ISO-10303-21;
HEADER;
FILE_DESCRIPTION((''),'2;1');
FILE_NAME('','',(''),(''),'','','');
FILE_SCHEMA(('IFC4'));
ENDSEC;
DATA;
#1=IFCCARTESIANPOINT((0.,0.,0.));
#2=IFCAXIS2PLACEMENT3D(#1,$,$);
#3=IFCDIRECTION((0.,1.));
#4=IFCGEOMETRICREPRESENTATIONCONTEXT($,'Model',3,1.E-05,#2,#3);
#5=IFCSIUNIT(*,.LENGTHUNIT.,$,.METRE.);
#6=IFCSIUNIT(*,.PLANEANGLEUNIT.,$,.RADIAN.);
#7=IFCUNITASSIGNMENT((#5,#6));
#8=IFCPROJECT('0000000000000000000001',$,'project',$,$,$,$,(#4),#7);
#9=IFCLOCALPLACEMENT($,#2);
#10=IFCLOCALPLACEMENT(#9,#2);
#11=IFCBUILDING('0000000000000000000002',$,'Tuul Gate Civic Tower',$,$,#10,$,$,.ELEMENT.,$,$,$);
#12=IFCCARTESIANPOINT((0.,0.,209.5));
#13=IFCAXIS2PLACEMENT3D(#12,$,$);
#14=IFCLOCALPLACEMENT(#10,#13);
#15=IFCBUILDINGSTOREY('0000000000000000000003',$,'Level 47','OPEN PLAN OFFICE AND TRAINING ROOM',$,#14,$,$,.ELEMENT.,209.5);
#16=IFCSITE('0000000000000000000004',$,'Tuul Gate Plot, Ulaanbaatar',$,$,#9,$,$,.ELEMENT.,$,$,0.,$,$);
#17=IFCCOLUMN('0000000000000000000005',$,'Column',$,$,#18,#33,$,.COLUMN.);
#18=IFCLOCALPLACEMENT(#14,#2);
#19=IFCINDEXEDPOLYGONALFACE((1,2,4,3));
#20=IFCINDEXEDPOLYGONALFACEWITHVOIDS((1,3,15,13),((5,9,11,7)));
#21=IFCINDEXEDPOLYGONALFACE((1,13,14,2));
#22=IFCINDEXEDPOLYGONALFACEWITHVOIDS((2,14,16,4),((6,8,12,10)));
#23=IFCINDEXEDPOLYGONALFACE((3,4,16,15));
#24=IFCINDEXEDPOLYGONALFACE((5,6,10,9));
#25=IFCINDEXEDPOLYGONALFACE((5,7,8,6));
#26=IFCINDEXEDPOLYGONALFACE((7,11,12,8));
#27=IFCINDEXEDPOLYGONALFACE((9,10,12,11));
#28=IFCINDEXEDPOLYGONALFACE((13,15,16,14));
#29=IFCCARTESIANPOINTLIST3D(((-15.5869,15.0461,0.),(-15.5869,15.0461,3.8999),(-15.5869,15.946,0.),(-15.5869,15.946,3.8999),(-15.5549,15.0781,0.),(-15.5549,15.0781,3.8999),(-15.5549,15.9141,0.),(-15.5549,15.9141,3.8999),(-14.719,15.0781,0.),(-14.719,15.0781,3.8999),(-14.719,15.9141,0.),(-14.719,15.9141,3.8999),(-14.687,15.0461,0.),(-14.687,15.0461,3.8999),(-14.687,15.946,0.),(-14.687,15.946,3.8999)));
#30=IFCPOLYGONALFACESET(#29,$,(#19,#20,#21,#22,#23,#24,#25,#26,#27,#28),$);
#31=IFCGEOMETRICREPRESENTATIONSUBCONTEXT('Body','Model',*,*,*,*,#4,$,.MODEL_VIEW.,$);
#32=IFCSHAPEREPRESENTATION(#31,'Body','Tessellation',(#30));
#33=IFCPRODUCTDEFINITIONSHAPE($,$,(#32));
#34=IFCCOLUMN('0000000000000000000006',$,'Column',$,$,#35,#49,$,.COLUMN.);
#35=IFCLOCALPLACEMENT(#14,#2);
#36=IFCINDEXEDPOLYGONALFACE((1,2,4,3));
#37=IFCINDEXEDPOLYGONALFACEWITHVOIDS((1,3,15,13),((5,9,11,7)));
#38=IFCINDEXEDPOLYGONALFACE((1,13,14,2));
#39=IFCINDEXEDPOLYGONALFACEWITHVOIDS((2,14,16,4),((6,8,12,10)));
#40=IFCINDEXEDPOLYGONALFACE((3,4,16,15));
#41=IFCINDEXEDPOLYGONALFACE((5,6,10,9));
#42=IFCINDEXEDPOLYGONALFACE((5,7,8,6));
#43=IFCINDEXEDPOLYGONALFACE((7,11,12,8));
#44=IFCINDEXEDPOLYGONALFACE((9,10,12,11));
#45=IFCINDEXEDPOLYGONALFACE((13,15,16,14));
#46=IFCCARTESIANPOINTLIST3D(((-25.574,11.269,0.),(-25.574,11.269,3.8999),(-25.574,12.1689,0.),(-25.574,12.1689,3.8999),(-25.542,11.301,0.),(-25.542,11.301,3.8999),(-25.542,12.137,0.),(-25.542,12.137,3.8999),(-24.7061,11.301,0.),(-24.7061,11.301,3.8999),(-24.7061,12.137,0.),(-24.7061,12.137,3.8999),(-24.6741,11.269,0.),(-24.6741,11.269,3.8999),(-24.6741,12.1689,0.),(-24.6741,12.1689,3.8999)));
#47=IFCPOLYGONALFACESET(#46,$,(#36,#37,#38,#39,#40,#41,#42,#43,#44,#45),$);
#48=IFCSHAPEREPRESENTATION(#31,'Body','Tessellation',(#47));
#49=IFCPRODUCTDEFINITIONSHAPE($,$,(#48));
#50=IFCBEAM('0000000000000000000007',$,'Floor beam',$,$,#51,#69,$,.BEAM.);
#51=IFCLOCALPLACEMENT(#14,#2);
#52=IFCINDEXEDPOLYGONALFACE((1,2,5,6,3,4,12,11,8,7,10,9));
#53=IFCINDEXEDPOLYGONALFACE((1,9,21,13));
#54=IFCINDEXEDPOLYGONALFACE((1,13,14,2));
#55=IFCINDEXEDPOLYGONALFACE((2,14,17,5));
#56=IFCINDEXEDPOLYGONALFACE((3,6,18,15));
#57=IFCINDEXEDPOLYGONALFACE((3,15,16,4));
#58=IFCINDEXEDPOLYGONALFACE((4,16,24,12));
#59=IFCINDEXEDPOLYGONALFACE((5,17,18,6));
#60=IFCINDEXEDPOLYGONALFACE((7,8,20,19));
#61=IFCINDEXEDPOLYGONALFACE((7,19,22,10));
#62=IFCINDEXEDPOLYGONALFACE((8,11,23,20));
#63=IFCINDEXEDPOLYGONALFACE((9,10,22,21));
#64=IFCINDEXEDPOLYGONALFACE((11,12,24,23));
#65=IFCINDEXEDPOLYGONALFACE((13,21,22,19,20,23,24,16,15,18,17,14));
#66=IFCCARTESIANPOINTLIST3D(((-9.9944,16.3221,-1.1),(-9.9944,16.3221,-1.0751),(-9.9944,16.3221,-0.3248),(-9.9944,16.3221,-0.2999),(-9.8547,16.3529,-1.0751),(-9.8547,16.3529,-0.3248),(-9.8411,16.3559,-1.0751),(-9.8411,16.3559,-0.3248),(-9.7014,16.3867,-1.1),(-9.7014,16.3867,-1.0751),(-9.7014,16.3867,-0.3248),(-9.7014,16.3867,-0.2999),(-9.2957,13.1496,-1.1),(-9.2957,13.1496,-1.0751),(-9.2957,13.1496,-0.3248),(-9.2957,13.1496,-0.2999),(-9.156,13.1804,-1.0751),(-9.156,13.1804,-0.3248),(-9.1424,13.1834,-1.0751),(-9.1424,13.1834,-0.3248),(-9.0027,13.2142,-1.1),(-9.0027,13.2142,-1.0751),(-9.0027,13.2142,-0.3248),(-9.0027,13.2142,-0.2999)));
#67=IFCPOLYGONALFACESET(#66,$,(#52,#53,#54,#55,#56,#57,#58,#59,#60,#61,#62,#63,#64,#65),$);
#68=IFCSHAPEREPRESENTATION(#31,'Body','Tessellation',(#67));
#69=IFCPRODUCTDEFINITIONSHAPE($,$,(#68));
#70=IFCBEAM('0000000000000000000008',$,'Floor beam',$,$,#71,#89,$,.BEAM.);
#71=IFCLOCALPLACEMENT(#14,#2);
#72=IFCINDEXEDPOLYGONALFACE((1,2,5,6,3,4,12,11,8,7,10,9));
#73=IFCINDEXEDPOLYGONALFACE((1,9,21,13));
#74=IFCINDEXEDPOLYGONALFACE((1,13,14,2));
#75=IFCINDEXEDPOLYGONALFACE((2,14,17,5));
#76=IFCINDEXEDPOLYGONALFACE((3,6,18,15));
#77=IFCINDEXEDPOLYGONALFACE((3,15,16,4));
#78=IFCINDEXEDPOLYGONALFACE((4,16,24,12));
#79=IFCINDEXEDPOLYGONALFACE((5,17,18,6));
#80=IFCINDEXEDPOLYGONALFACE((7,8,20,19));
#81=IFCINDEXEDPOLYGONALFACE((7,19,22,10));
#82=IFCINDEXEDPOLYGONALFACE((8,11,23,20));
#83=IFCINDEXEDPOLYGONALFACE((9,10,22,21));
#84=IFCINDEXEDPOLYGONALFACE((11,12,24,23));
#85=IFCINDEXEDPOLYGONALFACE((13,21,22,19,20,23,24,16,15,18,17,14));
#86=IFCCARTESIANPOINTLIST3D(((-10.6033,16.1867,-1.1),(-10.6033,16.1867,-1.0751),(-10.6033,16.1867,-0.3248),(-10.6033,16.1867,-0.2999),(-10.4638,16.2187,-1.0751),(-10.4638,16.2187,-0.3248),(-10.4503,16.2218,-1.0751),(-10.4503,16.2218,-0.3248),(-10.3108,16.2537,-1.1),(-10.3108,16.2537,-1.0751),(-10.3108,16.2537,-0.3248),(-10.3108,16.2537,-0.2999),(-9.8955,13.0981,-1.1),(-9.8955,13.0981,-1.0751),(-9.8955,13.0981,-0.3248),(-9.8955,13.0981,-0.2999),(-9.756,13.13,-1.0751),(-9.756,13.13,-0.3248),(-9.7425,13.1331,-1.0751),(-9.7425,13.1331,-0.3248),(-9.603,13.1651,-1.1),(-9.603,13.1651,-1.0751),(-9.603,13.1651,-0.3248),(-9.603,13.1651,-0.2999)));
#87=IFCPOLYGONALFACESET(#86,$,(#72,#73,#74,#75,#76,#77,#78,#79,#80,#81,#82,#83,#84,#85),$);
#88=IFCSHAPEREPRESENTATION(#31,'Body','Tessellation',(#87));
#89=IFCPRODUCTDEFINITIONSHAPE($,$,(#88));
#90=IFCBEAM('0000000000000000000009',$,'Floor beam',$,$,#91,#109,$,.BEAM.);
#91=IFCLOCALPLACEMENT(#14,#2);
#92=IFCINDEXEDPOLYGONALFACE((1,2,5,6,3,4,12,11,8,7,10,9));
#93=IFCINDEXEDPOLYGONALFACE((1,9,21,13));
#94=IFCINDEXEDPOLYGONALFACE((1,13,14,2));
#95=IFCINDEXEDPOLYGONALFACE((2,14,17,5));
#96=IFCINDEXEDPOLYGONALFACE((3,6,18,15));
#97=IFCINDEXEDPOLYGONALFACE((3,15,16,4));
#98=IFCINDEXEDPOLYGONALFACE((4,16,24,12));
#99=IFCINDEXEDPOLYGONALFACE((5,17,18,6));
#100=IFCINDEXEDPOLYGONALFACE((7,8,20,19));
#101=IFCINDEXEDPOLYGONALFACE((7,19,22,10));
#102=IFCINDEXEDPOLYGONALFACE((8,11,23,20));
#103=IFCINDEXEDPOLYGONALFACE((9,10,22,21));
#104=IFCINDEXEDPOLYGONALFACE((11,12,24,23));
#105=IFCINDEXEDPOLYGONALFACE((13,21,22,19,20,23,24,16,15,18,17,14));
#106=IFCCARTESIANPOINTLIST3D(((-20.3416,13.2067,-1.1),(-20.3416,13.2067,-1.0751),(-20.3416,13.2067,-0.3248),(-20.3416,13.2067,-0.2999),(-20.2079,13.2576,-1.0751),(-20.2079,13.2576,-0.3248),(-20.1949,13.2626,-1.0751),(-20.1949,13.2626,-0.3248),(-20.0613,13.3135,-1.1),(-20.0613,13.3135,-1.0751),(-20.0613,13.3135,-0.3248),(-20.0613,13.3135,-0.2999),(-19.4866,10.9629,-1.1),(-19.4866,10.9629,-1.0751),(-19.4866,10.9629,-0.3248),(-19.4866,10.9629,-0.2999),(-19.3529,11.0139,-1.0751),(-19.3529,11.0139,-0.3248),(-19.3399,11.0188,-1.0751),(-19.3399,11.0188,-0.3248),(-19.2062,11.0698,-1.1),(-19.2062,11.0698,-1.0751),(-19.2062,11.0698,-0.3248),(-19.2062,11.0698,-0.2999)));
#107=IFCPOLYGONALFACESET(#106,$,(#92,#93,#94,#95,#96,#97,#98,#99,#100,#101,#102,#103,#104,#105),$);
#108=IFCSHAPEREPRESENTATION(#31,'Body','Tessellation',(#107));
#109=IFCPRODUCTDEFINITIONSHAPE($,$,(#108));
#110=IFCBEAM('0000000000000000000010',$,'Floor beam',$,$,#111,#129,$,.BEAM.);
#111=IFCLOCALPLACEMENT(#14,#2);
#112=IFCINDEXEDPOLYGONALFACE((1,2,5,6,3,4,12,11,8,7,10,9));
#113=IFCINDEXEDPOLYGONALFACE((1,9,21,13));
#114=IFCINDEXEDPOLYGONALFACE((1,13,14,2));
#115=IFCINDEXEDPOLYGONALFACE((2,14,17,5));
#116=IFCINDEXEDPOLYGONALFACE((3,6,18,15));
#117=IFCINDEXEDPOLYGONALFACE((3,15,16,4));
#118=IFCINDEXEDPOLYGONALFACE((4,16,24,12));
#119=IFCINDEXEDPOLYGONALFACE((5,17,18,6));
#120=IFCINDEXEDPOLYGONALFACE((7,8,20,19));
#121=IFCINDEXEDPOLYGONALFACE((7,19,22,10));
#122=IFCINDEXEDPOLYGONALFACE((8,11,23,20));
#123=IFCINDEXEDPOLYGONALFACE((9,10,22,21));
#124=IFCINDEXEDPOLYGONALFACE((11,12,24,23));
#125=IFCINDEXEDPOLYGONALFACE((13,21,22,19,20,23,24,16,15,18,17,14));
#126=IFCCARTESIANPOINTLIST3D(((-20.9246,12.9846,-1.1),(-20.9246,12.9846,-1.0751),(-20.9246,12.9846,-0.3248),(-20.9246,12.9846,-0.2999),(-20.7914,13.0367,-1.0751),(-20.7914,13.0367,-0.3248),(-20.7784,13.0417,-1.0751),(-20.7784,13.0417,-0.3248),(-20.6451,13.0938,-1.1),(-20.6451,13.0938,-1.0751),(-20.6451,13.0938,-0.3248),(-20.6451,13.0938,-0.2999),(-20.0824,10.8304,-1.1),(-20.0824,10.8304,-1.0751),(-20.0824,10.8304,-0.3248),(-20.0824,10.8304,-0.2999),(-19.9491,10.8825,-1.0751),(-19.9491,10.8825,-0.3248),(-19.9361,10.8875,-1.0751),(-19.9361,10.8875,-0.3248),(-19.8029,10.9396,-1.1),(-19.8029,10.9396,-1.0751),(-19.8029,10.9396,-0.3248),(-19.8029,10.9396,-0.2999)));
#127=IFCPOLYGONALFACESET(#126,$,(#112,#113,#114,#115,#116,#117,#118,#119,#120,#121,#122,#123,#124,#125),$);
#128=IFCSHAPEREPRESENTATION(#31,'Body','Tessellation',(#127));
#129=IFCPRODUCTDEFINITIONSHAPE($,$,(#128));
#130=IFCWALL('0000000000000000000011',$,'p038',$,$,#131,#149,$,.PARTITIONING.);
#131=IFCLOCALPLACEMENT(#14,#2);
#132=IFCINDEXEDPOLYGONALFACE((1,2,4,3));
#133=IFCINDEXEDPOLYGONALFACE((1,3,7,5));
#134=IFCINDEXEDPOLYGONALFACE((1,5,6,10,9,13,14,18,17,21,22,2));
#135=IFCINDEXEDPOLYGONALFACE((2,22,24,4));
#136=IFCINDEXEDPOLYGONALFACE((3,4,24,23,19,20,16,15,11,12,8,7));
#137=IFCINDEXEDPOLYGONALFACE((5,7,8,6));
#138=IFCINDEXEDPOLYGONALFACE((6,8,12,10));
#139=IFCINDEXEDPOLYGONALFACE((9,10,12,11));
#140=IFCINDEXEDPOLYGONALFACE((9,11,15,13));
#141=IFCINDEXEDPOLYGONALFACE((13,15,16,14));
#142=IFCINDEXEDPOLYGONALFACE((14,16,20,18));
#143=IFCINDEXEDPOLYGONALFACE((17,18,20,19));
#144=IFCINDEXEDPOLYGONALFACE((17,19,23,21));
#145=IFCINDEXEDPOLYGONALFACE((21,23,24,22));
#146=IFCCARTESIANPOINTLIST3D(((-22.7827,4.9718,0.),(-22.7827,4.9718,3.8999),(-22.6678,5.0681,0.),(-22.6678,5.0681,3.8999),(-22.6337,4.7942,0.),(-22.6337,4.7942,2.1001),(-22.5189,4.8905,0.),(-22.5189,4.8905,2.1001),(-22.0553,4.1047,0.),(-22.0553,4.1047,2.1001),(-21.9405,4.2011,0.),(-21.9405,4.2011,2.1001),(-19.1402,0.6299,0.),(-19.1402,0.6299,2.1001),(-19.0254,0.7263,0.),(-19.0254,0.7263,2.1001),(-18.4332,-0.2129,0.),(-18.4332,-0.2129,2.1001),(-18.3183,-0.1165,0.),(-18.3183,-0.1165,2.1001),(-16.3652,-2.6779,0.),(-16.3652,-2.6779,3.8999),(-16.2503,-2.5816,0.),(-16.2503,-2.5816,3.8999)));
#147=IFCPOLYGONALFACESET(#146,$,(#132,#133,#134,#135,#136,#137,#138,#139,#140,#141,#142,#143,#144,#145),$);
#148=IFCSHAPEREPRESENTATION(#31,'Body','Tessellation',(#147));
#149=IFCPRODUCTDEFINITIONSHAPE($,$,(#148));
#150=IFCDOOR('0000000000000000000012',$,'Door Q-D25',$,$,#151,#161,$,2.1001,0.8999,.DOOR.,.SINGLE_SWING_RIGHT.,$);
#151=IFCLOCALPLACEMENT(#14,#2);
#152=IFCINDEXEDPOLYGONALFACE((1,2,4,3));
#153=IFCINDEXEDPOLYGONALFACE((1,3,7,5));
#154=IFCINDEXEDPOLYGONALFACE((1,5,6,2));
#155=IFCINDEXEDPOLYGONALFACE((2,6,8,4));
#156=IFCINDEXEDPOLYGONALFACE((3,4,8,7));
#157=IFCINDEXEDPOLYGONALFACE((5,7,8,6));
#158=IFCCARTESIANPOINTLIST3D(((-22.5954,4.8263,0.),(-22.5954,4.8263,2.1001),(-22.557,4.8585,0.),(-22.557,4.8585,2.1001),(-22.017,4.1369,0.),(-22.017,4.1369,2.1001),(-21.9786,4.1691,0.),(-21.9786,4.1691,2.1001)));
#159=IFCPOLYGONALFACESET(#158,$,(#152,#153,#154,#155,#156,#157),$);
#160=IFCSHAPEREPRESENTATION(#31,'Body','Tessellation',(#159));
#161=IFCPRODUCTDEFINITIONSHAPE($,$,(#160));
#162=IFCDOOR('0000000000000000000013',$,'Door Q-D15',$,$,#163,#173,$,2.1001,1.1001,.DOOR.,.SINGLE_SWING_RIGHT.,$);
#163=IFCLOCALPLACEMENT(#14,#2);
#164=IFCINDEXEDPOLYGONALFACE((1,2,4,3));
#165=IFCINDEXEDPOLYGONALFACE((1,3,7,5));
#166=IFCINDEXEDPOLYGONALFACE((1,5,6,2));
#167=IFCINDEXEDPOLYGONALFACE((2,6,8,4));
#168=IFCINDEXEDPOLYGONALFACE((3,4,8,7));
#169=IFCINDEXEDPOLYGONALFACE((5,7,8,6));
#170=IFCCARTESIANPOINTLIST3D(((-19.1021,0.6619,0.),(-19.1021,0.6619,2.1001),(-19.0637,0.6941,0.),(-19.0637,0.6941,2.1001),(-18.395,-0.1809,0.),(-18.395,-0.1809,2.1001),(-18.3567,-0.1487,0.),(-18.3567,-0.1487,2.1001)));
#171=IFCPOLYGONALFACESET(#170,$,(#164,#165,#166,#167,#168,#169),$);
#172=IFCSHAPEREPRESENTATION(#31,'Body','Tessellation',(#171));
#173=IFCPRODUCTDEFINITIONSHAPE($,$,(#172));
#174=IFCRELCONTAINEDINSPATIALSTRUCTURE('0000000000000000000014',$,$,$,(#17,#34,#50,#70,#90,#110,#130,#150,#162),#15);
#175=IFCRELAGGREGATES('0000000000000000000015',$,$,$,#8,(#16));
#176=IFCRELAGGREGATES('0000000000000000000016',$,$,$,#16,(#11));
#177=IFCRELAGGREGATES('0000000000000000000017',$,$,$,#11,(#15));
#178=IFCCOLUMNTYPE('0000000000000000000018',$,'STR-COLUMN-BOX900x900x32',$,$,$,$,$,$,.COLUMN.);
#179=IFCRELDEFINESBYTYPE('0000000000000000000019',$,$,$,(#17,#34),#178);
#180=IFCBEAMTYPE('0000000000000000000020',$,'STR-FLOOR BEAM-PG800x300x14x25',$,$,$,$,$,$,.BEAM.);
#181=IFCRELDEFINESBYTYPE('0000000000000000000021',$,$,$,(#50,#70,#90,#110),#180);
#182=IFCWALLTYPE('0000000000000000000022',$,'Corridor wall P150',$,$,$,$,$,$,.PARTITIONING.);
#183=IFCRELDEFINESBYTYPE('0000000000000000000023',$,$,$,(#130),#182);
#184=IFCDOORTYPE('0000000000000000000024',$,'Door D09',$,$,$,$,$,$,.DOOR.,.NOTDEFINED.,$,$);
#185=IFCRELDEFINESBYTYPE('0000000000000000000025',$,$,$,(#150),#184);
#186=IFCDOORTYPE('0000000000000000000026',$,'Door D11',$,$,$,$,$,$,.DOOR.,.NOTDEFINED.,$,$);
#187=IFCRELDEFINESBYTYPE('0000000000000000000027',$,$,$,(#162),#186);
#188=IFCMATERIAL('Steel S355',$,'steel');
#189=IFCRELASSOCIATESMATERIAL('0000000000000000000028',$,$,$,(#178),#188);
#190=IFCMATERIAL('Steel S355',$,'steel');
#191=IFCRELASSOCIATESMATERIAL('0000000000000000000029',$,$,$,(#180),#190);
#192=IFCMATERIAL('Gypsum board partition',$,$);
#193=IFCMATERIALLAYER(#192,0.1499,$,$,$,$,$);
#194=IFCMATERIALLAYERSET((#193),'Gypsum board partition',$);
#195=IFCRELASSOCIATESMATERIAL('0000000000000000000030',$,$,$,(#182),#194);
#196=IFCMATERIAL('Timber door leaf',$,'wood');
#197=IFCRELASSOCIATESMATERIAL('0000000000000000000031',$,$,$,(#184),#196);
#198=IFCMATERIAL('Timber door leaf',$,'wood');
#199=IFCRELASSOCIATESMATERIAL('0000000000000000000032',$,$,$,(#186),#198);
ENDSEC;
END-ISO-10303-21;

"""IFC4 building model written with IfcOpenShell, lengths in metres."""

from ifc_helpers import new_model, si_unit, direction, frame, frame_2d, origin, origin_2d, place, context, subcontext, project, spatial, rectangle, hollow_rectangle, i_section, extrude, material, layer, layer_set, material_profile, profile_set, type_object, element, fill, save


model = new_model("IFC4")

# Units and contexts
model_context = context("Model", 3, precision=1e-05, world=origin(), true_north=direction((0.0, 1.0)))
body_context = subcontext(model_context, "Body", "Model", "MODEL_VIEW")
ifc_project = project(units=[si_unit("LENGTHUNIT", "METRE"), si_unit("PLANEANGLEUNIT", "RADIAN")], contexts=[model_context])

# Site, building, storey
site_placement = place(None, origin())
site = spatial("IfcSite", under=ifc_project, at=site_placement, Name="Tuul Gate Plot, Ulaanbaatar", CompositionType="ELEMENT", RefElevation=0.0)
building_placement = place(site_placement, origin())
building = spatial("IfcBuilding", under=site, at=building_placement, Name="Tuul Gate Civic Tower", CompositionType="ELEMENT")
storey_placement = place(building_placement, frame((0.0, 0.0, 209.5)))
storey = spatial("IfcBuildingStorey", under=building, at=storey_placement, Name="Level 47", Description="OPEN PLAN OFFICE AND TRAINING ROOM", CompositionType="ELEMENT", Elevation=209.5)

# Columns
ifc_material_1 = material(Name="Steel S355", Category="steel")
ifc_material_profile_1 = material_profile(ifc_material_1, hollow_rectangle(XDim=0.8999, YDim=0.8999, WallThickness=0.032, at=origin_2d()), Name="BOX900x900x32")
ifc_profile_set_1 = profile_set([ifc_material_profile_1], Name="Steel S355")
column_type = type_object("IfcColumnType", Name="STR-COLUMN-BOX900x900x32", PredefinedType="COLUMN", material=ifc_profile_set_1)
for number, where, z_axis, x_axis, name in (
    (1, (-15.137, 15.4961, 0.0), (0.0, 0.0, 1.0), (1.0, 0.0, 0.0), "Column"),
    (2, (-25.124, 11.719, 0.0), (0.0, 0.0, 1.0), (1.0, 0.0, 0.0), "Column"),
):
    element("IfcColumn", number, at=place(storey_placement, frame(where, z_axis=z_axis, x_axis=x_axis)), inside=storey, type_object=column_type, Name=name, PredefinedType="COLUMN", context=body_context, shape_type="SweptSolid", body=[
        extrude(hollow_rectangle(XDim=0.8999, YDim=0.8999, WallThickness=0.032, at=origin_2d()), origin(), (0.0, 0.0, 1.0), 3.8999),
    ])

# Beams
ifc_material_2 = material(Name="Steel S355", Category="steel")
ifc_material_profile_2 = material_profile(ifc_material_2, i_section(OverallWidth=0.3, OverallDepth=0.8, WebThickness=0.0139, FlangeThickness=0.0249, at=origin_2d()), Name="PG800x300x14x25")
ifc_profile_set_2 = profile_set([ifc_material_profile_2], Name="Steel S355")
beam_type = type_object("IfcBeamType", Name="STR-FLOOR BEAM-PG800x300x14x25", PredefinedType="BEAM", material=ifc_profile_set_2)
beam_1_placement = place(storey_placement, frame((-9.1492, 13.1819, -0.7), z_axis=(-0.215084, 0.976596, 0.0), x_axis=(-0.976596, -0.215084, 0.0)))
element("IfcBeam", 3, at=beam_1_placement, inside=storey, type_object=beam_type, Name="Floor beam", PredefinedType="BEAM", context=body_context, shape_type="SweptSolid", body=[
    extrude(i_section(OverallWidth=0.3, OverallDepth=0.8, WebThickness=0.0139, FlangeThickness=0.0249, at=origin_2d()), origin(), (0.0, 0.0, 1.0), 3.2485),
])
beam_2_placement = place(storey_placement, frame((-9.7493, 13.1316, -0.7), z_axis=(-0.223362, 0.974735, 0.0), x_axis=(-0.974735, -0.223362, 0.0)))
element("IfcBeam", 4, at=beam_2_placement, inside=storey, type_object=beam_type, Name="Floor beam", PredefinedType="BEAM", context=body_context, shape_type="SweptSolid", body=[
    extrude(i_section(OverallWidth=0.3, OverallDepth=0.8, WebThickness=0.0139, FlangeThickness=0.0249, at=origin_2d()), origin(), (0.0, 0.0, 1.0), 3.1687),
])
beam_3_placement = place(storey_placement, frame((-19.3464, 11.0164, -0.7), z_axis=(-0.356088, 0.934452, 0.0), x_axis=(-0.934452, -0.356088, 0.0)))
element("IfcBeam", 5, at=beam_3_placement, inside=storey, type_object=beam_type, Name="Floor beam", PredefinedType="BEAM", context=body_context, shape_type="SweptSolid", body=[
    extrude(i_section(OverallWidth=0.3, OverallDepth=0.8, WebThickness=0.0139, FlangeThickness=0.0249, at=origin_2d()), origin(), (0.0, 0.0, 1.0), 2.4011),
])
beam_4_placement = place(storey_placement, frame((-19.9426, 10.885, -0.7), z_axis=(-0.364137, 0.931346, 0.0), x_axis=(-0.931346, -0.364137, 0.0)))
element("IfcBeam", 6, at=beam_4_placement, inside=storey, type_object=beam_type, Name="Floor beam", PredefinedType="BEAM", context=body_context, shape_type="SweptSolid", body=[
    extrude(i_section(OverallWidth=0.3, OverallDepth=0.8, WebThickness=0.0139, FlangeThickness=0.0249, at=origin_2d()), origin(), (0.0, 0.0, 1.0), 2.313),
])

# Wall, openings, doors
ifc_material_3 = material(Name="Gypsum board partition")
ifc_layer_1 = layer(ifc_material_3, 0.1499)
ifc_layer_set_1 = layer_set([ifc_layer_1], Name="Gypsum board partition")
wall_type_1 = type_object("IfcWallType", Name="Corridor wall P150", PredefinedType="PARTITIONING", material=ifc_layer_set_1)
wall_1_placement = place(storey_placement, frame((-22.7253, 5.02, 0.0), z_axis=(0.0, 0.0, 1.0), x_axis=(0.642709, -0.766111, 0.0)))
wall_1 = element("IfcWall", 7, at=wall_1_placement, inside=storey, type_object=wall_type_1, Name="p038", PredefinedType="PARTITIONING", context=body_context, shape_type="SweptSolid", body=[
    extrude(rectangle(XDim=9.9851, YDim=0.1499, at=frame_2d((4.9927, 0.0))), origin(), (0.0, 0.0, 1.0), 3.8999),
])
opening_1_placement = place(wall_1_placement, frame((5.6675, 0.0, 0.0)))
opening_1 = element("IfcOpeningElement", 8, at=opening_1_placement, cuts=wall_1, PredefinedType="OPENING", context=body_context, shape_type="SweptSolid", body=[
    extrude(rectangle(XDim=1.1001, YDim=2.1001, at=frame_2d((0.55, 1.05))), frame((0.0, 0.085, 0.0), z_axis=(0.0, -1.0, 0.0), x_axis=(1.0, 0.0, 0.0)), (0.0, 0.0, 1.0), 0.1699),
])
opening_2_placement = place(wall_1_placement, frame((0.2319, 0.0, 0.0)))
opening_2 = element("IfcOpeningElement", 9, at=opening_2_placement, cuts=wall_1, PredefinedType="OPENING", context=body_context, shape_type="SweptSolid", body=[
    extrude(rectangle(XDim=0.8999, YDim=2.1001, at=frame_2d((0.45, 1.05))), frame((0.0, 0.085, 0.0), z_axis=(0.0, -1.0, 0.0), x_axis=(1.0, 0.0, 0.0)), (0.0, 0.0, 1.0), 0.1699),
])
ifc_material_4 = material(Name="Timber door leaf", Category="wood")
door_type_1 = type_object("IfcDoorType", Name="Door D09", OperationType="NOTDEFINED", PredefinedType="DOOR", material=ifc_material_4)
door_1_placement = place(opening_2_placement, frame((0.8999, 0.0, 0.0), z_axis=(0.0, 0.0, 1.0), x_axis=(-1.0, 0.0, 0.0)))
door_1 = element("IfcDoor", 10, at=door_1_placement, inside=storey, type_object=door_type_1, Name="Door Q-D25", OperationType="SINGLE_SWING_RIGHT", OverallHeight=2.1001, OverallWidth=0.8999, PredefinedType="DOOR", context=body_context, shape_type="SweptSolid", body=[
    extrude(rectangle(XDim=0.8999, YDim=2.1001, at=frame_2d((0.45, 1.05))), frame((0.0, 0.0249, 0.0), z_axis=(0.0, -1.0, 0.0), x_axis=(1.0, 0.0, 0.0)), (0.0, 0.0, 1.0), 0.05),
])
fill(opening_2, door_1)
ifc_material_5 = material(Name="Timber door leaf", Category="wood")
door_type_2 = type_object("IfcDoorType", Name="Door D11", OperationType="NOTDEFINED", PredefinedType="DOOR", material=ifc_material_5)
door_2_placement = place(opening_1_placement, origin())
door_2 = element("IfcDoor", 11, at=door_2_placement, inside=storey, type_object=door_type_2, Name="Door Q-D15", OperationType="SINGLE_SWING_RIGHT", OverallHeight=2.1001, OverallWidth=1.1001, PredefinedType="DOOR", context=body_context, shape_type="SweptSolid", body=[
    extrude(rectangle(XDim=1.1001, YDim=2.1001, at=frame_2d((0.55, 1.05))), frame((0.0, 0.0249, 0.0), z_axis=(0.0, -1.0, 0.0), x_axis=(1.0, 0.0, 0.0)), (0.0, 0.0, 1.0), 0.05),
])
fill(opening_1, door_2)

save(model, "model.ifc")
